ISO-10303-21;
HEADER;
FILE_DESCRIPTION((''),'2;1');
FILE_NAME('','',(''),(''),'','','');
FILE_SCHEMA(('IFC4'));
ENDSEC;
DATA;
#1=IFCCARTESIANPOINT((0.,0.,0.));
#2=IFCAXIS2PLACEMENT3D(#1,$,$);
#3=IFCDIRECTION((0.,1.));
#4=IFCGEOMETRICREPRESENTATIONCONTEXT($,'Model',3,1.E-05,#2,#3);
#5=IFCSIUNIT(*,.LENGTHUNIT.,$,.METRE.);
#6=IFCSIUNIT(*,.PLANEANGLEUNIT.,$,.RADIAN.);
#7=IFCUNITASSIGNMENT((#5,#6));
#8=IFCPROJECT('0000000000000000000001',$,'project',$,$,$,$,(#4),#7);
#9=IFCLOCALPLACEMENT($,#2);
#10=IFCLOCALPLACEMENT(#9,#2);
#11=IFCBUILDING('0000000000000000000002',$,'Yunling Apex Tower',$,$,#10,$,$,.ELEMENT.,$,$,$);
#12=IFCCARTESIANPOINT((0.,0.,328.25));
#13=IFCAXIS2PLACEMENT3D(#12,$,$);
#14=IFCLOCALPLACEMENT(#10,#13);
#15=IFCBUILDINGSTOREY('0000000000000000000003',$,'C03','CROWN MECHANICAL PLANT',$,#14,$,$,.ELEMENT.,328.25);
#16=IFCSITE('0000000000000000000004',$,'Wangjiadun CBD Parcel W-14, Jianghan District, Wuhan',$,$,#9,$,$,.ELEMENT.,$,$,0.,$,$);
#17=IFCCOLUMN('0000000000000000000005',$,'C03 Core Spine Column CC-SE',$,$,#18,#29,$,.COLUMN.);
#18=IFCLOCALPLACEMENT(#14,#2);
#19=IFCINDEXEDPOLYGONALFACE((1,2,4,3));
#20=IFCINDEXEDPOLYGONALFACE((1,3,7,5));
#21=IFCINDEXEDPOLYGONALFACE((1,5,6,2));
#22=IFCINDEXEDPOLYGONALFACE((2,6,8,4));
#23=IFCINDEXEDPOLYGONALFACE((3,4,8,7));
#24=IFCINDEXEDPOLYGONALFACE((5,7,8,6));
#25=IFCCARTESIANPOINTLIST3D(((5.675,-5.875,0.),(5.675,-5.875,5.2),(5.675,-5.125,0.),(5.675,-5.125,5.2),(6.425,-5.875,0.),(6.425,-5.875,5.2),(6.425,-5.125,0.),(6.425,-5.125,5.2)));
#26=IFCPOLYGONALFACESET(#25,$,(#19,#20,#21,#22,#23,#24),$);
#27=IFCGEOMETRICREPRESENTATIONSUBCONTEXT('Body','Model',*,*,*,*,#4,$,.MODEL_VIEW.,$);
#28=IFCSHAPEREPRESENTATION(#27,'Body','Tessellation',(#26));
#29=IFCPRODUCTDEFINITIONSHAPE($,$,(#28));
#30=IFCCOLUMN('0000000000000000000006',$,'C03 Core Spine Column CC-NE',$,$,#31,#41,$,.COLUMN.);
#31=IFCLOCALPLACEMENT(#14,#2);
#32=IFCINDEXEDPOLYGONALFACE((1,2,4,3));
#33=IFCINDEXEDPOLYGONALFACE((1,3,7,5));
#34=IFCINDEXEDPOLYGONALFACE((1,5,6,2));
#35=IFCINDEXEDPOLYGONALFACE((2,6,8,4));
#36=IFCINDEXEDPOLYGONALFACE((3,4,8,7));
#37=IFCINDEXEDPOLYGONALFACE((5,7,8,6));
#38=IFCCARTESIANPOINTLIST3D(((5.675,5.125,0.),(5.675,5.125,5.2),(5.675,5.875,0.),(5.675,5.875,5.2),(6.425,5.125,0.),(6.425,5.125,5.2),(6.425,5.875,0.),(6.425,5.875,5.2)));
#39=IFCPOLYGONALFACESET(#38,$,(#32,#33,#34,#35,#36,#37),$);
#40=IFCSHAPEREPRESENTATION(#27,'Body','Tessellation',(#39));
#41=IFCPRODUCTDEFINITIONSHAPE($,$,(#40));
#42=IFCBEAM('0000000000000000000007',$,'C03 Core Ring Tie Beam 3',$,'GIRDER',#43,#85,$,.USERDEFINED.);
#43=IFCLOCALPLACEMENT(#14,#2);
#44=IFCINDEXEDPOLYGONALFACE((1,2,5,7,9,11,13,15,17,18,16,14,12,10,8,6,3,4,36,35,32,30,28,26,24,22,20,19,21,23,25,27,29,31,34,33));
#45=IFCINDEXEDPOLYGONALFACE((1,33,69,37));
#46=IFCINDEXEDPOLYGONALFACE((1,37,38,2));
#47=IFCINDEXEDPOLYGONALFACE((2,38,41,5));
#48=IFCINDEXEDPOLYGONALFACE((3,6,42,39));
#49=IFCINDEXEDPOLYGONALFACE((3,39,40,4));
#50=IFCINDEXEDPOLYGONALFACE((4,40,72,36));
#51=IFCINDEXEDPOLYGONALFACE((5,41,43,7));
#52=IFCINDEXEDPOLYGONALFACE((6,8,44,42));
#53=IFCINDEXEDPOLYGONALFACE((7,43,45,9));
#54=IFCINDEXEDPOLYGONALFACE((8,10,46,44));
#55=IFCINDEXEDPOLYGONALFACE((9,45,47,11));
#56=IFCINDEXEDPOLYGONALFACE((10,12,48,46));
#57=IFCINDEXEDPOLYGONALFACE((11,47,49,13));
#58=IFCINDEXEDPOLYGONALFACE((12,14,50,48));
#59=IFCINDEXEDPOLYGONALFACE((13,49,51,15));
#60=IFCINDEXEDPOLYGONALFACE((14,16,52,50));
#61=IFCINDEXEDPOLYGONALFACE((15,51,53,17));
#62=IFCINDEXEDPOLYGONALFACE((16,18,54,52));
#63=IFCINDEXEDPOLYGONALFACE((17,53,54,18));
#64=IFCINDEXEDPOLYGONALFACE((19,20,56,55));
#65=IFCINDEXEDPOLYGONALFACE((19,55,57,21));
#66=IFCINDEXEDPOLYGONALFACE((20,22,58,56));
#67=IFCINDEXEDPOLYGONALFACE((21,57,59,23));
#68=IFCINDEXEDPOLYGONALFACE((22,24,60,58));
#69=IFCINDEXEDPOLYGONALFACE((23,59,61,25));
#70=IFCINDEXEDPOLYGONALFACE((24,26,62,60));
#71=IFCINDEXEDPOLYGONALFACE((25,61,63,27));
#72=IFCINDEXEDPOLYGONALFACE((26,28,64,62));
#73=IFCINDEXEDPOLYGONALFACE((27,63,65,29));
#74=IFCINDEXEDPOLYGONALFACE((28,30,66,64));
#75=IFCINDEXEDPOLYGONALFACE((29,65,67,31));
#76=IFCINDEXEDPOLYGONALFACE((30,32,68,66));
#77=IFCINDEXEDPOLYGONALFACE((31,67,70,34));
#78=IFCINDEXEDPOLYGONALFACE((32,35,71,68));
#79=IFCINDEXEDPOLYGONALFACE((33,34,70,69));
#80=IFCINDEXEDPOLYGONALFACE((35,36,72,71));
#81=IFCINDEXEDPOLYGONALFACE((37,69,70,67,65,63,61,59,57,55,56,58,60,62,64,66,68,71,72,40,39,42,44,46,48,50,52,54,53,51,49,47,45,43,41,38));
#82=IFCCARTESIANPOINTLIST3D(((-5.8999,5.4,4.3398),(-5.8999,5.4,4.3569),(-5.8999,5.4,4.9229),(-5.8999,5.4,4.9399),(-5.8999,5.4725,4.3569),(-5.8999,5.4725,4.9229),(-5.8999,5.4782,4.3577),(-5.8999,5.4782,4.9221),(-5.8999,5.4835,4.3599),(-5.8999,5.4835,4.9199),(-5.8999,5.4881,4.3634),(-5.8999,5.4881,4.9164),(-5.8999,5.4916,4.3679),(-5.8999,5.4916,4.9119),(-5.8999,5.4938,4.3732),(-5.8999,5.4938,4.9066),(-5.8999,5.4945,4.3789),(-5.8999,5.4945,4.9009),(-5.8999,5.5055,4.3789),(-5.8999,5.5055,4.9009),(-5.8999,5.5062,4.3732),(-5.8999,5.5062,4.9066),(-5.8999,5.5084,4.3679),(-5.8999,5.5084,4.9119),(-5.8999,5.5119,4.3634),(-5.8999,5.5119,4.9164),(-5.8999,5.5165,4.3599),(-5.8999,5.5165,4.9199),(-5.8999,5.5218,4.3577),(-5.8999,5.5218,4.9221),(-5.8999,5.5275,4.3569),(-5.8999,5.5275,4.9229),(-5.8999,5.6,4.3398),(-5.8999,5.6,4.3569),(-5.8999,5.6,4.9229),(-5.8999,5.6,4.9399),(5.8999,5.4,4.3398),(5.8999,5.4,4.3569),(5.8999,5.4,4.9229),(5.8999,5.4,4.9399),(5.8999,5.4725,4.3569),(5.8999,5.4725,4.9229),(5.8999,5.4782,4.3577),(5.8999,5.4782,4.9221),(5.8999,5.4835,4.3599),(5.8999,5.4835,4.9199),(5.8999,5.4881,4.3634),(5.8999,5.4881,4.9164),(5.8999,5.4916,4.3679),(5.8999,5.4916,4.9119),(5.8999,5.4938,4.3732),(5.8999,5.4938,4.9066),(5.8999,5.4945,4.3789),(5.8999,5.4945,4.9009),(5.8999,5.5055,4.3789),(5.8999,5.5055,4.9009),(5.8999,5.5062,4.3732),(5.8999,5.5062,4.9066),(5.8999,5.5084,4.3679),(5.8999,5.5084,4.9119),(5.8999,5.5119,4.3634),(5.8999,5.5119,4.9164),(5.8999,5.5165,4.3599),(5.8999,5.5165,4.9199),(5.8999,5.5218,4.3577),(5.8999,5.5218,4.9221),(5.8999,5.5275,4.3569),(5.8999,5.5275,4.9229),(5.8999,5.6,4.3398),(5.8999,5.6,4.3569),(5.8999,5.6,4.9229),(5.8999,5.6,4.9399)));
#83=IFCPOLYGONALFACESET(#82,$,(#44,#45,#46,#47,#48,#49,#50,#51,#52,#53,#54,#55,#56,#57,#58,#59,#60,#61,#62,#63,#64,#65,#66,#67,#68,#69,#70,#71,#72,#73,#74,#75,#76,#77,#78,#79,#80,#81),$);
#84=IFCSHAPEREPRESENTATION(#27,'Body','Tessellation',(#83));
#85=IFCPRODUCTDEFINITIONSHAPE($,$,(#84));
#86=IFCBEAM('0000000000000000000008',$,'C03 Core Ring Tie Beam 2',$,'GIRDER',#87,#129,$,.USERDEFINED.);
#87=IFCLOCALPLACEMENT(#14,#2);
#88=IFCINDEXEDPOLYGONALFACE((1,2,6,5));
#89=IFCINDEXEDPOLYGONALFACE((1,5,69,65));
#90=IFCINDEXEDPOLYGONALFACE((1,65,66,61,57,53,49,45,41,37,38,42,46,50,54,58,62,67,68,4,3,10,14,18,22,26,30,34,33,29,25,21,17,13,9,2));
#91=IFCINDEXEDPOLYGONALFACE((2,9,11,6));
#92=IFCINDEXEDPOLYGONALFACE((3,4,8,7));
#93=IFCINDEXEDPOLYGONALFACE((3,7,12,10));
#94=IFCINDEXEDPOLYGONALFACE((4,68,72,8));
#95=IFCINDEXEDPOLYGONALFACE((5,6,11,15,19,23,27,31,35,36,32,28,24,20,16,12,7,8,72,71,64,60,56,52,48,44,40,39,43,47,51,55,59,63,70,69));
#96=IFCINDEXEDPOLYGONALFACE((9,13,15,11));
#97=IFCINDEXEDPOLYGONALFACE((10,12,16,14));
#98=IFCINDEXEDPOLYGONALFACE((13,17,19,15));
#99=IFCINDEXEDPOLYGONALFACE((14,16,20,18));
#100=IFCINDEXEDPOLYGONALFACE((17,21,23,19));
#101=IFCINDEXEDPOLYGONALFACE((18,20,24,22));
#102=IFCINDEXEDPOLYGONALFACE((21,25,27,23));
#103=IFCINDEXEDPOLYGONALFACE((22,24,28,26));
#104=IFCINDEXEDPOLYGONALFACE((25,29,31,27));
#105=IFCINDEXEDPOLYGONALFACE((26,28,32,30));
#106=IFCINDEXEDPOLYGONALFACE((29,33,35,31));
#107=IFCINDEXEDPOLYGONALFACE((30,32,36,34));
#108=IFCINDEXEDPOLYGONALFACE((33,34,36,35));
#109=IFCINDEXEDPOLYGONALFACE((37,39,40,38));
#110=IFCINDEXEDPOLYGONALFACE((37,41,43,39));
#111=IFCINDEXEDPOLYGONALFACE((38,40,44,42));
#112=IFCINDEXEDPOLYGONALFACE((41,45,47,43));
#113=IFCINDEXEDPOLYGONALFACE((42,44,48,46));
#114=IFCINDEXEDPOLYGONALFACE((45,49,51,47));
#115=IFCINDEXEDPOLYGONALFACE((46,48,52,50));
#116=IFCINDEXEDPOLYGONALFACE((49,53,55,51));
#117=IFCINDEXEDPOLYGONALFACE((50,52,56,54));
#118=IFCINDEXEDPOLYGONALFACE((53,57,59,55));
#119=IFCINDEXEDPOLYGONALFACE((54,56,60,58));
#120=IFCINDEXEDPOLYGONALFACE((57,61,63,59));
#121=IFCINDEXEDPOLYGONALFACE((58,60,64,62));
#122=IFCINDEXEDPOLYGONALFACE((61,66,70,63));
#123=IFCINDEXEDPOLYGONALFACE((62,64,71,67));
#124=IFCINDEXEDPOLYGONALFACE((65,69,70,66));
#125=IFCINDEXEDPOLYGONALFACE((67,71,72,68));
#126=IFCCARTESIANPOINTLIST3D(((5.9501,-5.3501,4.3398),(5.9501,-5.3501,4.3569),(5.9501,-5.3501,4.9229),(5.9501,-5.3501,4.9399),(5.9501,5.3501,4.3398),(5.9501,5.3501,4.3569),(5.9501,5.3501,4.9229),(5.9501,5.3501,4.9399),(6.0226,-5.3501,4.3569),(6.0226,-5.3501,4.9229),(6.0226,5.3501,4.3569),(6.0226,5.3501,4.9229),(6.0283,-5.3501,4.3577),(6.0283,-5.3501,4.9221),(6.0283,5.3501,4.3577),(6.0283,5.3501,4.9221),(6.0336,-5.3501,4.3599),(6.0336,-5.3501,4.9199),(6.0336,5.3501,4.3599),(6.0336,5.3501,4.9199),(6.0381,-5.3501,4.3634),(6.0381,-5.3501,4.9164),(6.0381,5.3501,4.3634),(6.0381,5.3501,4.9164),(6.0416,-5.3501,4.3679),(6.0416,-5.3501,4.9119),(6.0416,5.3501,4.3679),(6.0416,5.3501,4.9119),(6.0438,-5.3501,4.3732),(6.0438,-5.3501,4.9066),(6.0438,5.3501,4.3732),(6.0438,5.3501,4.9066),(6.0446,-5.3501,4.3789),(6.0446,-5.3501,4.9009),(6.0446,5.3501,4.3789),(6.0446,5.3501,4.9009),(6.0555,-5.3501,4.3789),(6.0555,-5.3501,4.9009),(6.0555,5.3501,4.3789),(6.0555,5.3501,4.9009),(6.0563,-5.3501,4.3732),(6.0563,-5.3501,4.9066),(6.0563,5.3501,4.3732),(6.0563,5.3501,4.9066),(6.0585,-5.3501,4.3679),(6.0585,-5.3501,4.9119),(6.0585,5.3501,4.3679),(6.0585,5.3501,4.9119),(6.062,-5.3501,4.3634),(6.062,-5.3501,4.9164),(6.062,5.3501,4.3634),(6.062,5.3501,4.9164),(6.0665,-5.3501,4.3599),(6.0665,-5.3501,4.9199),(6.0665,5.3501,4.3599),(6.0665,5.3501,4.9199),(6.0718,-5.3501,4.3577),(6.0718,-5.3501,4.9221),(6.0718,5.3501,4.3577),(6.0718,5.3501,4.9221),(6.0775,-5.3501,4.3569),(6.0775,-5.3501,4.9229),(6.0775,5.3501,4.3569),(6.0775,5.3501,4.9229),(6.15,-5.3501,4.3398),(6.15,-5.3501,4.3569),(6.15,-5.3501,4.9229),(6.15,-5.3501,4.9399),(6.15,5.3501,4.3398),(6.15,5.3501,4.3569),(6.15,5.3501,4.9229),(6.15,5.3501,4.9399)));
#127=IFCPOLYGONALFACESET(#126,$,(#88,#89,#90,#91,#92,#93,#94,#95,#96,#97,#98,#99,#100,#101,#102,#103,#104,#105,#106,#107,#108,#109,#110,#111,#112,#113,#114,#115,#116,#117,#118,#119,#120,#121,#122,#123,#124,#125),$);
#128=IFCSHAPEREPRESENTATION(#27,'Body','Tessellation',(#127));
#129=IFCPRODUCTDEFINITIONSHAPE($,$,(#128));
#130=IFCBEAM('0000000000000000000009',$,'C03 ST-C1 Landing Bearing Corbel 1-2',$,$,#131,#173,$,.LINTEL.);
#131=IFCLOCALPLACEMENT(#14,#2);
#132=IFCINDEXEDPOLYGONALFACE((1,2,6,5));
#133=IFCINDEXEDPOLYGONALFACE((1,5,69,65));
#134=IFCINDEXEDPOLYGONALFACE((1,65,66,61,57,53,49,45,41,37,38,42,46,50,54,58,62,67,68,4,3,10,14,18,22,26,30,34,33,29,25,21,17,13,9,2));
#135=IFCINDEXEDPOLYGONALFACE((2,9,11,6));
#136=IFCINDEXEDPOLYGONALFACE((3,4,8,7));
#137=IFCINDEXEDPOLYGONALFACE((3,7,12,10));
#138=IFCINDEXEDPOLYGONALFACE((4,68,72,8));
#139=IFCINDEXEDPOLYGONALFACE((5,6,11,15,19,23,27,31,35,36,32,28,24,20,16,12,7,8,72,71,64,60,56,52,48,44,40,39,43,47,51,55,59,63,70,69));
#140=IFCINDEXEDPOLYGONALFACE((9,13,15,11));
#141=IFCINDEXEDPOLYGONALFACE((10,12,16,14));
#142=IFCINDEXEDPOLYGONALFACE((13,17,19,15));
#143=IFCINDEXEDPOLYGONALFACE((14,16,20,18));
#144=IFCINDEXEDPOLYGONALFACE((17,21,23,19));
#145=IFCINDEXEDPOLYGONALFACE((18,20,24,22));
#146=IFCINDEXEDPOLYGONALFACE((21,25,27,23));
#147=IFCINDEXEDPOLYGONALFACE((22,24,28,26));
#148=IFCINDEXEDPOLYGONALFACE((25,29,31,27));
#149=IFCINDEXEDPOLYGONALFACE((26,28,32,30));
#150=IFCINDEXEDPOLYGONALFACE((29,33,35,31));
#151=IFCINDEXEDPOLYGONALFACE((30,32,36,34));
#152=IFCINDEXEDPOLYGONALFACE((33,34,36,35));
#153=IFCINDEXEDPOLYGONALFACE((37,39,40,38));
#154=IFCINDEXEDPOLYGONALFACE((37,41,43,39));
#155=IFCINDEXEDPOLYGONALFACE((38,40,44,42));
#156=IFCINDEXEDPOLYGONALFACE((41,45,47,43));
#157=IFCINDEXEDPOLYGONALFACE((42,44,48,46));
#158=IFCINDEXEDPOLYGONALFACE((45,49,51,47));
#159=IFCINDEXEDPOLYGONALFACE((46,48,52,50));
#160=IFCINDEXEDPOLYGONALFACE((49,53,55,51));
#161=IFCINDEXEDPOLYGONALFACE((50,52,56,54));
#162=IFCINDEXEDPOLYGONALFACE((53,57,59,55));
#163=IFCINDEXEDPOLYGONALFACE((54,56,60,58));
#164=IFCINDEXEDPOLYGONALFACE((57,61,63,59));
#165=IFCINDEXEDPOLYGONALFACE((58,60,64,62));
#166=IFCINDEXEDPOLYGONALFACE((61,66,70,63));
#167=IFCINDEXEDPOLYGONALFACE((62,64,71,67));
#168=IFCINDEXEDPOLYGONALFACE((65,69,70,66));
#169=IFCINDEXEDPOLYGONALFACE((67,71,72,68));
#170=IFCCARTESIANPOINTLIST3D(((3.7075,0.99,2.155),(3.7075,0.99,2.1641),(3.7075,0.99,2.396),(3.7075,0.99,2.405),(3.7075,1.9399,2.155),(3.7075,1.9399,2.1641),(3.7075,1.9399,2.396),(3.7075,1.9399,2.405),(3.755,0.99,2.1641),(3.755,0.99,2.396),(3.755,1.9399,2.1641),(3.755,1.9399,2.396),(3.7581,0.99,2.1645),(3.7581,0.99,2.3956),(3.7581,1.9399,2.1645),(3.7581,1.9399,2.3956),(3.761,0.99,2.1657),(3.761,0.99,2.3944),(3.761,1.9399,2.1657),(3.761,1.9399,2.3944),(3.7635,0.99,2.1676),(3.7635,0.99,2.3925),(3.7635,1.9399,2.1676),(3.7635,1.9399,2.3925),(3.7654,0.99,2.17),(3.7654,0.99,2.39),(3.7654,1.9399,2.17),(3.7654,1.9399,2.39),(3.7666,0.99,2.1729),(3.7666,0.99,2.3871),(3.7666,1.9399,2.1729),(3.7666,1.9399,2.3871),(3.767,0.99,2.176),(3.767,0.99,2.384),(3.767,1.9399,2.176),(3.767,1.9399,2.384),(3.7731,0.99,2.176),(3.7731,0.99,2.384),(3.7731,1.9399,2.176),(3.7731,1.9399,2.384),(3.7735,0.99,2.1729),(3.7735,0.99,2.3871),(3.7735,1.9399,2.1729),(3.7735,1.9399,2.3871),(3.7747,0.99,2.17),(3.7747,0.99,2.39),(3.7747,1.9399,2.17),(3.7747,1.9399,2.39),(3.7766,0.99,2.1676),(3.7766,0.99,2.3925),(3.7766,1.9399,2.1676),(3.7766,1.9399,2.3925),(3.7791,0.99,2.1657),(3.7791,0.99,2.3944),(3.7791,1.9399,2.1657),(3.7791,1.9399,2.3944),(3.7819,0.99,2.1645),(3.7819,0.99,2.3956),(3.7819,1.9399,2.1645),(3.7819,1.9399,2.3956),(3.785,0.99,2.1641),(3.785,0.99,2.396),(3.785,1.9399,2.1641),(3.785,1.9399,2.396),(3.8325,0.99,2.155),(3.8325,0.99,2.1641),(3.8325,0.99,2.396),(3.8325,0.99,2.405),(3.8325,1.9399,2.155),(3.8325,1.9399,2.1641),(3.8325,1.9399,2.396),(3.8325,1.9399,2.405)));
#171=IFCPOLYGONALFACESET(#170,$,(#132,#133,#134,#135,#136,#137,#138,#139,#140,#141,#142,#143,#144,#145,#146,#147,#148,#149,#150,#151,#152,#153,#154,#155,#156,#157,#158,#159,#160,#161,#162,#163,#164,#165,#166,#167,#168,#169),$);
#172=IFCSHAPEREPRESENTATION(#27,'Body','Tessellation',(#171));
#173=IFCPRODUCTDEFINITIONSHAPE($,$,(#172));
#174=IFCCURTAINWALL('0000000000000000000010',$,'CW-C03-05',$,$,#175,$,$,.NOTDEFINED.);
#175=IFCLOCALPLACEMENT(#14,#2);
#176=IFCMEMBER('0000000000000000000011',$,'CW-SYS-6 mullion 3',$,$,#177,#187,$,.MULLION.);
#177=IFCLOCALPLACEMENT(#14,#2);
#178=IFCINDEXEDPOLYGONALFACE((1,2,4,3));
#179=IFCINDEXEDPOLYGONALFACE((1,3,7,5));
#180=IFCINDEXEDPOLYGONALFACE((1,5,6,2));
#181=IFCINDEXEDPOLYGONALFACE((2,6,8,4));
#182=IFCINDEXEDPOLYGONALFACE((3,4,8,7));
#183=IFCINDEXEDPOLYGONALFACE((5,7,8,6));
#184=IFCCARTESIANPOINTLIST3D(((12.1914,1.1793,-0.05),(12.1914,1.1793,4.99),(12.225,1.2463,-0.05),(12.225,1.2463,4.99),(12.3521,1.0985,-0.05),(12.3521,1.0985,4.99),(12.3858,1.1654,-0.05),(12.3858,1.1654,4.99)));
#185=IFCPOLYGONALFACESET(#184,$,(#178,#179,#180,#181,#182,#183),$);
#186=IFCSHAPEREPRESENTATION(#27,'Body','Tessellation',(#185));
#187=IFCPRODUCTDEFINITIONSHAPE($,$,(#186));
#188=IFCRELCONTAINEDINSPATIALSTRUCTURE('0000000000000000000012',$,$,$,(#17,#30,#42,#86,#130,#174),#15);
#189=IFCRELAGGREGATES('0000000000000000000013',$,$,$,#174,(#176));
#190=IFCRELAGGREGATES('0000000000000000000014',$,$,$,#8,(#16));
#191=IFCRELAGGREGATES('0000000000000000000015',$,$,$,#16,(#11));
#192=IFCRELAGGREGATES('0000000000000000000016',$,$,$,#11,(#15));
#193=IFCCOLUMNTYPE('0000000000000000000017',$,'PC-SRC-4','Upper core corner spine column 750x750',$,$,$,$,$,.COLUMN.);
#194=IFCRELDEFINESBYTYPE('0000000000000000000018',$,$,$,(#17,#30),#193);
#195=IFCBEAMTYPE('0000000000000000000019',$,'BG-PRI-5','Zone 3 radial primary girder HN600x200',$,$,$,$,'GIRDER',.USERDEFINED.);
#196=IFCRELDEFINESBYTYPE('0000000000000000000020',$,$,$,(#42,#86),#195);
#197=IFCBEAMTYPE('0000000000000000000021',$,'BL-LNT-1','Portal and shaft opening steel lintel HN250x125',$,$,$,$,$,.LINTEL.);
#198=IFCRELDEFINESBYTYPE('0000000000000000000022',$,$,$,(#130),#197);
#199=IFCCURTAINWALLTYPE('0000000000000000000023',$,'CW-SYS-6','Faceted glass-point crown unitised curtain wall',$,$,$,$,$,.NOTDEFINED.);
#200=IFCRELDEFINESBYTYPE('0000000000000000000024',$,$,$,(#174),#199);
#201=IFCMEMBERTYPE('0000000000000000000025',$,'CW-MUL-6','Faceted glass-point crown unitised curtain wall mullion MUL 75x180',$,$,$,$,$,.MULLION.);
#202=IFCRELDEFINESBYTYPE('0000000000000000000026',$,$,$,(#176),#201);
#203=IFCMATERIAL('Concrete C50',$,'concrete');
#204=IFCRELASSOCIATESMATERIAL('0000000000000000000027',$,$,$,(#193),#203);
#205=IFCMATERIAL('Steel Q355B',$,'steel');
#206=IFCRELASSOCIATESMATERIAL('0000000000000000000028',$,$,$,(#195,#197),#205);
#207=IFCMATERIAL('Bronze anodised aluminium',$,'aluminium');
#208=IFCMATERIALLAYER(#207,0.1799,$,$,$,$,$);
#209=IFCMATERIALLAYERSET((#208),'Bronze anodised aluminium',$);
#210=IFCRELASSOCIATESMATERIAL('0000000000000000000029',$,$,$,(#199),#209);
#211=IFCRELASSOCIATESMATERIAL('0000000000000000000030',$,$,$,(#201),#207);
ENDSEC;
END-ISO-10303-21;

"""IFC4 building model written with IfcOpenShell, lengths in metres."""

from ifc_helpers import new_model, si_unit, direction, frame, origin, origin_2d, place, context, subcontext, project, spatial, rectangle, i_section, extrude, source, transform, mapped, material, layer, layer_set, material_profile, profile_set, type_object, element, aggregate, save


model = new_model("IFC4")

# Units and contexts
model_context = context("Model", 3, precision=1e-05, world=origin(), true_north=direction((0.0, 1.0)))
body_context = subcontext(model_context, "Body", "Model", "MODEL_VIEW")
ifc_project = project(units=[si_unit("LENGTHUNIT", "METRE"), si_unit("PLANEANGLEUNIT", "RADIAN")], contexts=[model_context])

# Site, building, storey
site_placement = place(None, origin())
site = spatial("IfcSite", under=ifc_project, at=site_placement, Name="Wangjiadun CBD Parcel W-14, Jianghan District, Wuhan", CompositionType="ELEMENT", RefElevation=0.0)
building_placement = place(site_placement, origin())
building = spatial("IfcBuilding", under=site, at=building_placement, Name="Yunling Apex Tower", CompositionType="ELEMENT")
storey_placement = place(building_placement, frame((0.0, 0.0, 328.25)))
storey = spatial("IfcBuildingStorey", under=building, at=storey_placement, Name="C03", Description="CROWN MECHANICAL PLANT", CompositionType="ELEMENT", Elevation=328.25)

# Columns
ifc_material_1 = material(Name="Concrete C50", Category="concrete")
ifc_material_profile_1 = material_profile(ifc_material_1, rectangle(XDim=0.75, YDim=0.75, at=origin_2d()))
ifc_profile_set_1 = profile_set([ifc_material_profile_1], Name="Concrete C50")
column_type = type_object("IfcColumnType", Name="PC-SRC-4", Description="Upper core corner spine column 750x750", PredefinedType="COLUMN", material=ifc_profile_set_1)
shared_shape_1 = source(origin(), body_context, "Body", "SweptSolid", [
    extrude(rectangle(XDim=0.75, YDim=0.75, at=origin_2d()), origin(), (0.0, 0.0, 1.0), 5.2),
])
for number, where, z_axis, x_axis, name in (
    (1, (6.05, -5.5, 0.0), (0.0, 0.0, 1.0), (1.0, 0.0, 0.0), "C03 Core Spine Column CC-SE"),
    (2, (6.05, 5.5, 0.0), (0.0, 0.0, 1.0), (1.0, 0.0, 0.0), "C03 Core Spine Column CC-NE"),
):
    element("IfcColumn", number, at=place(storey_placement, frame(where, z_axis=z_axis, x_axis=x_axis)), inside=storey, type_object=column_type, Name=name, PredefinedType="COLUMN", context=body_context, shape_type="MappedRepresentation", body=[
        mapped(shared_shape_1, transform((0.0, 0.0, 0.0), scale=1.0)),
    ])

# Beams
ifc_material_2 = material(Name="Steel Q355B", Category="steel")
ifc_material_profile_2 = material_profile(ifc_material_2, i_section(OverallWidth=0.2, OverallDepth=0.6001, WebThickness=0.011, FlangeThickness=0.0171, FilletRadius=0.022, at=origin_2d()))
ifc_profile_set_2 = profile_set([ifc_material_profile_2], Name="Steel Q355B")
beam_type_1 = type_object("IfcBeamType", Name="BG-PRI-5", Description="Zone 3 radial primary girder HN600x200", ElementType="GIRDER", PredefinedType="USERDEFINED", material=ifc_profile_set_2)
shared_shape_2 = source(origin(), body_context, "Body", "SweptSolid", [
    extrude(i_section(OverallWidth=0.2, OverallDepth=0.6001, WebThickness=0.011, FlangeThickness=0.0171, FilletRadius=0.022, at=origin_2d()), origin(), (0.0, 0.0, 1.0), 11.7998),
])
beam_1_placement = place(storey_placement, frame((5.8999, 5.5, 4.6399), z_axis=(-1.0, 0.0, 0.0), x_axis=(0.0, -1.0, 0.0)))
element("IfcBeam", 3, at=beam_1_placement, inside=storey, type_object=beam_type_1, Name="C03 Core Ring Tie Beam 3", ObjectType="GIRDER", PredefinedType="USERDEFINED", context=body_context, shape_type="MappedRepresentation", body=[
    mapped(shared_shape_2, transform((0.0, 0.0, 0.0), scale=1.0)),
])
shared_shape_3 = source(origin(), body_context, "Body", "SweptSolid", [
    extrude(i_section(OverallWidth=0.2, OverallDepth=0.6001, WebThickness=0.011, FlangeThickness=0.0171, FilletRadius=0.022, at=origin_2d()), origin(), (0.0, 0.0, 1.0), 10.7002),
])
beam_2_placement = place(storey_placement, frame((6.05, -5.3501, 4.6399), z_axis=(0.0, 1.0, 0.0), x_axis=(-1.0, 0.0, 0.0)))
element("IfcBeam", 4, at=beam_2_placement, inside=storey, type_object=beam_type_1, Name="C03 Core Ring Tie Beam 2", ObjectType="GIRDER", PredefinedType="USERDEFINED", context=body_context, shape_type="MappedRepresentation", body=[
    mapped(shared_shape_3, transform((0.0, 0.0, 0.0), scale=1.0)),
])
ifc_material_profile_3 = material_profile(ifc_material_2, i_section(OverallWidth=0.125, OverallDepth=0.25, WebThickness=0.0061, FlangeThickness=0.009, FilletRadius=0.012, at=origin_2d()))
ifc_profile_set_3 = profile_set([ifc_material_profile_3], Name="Steel Q355B")
beam_type_2 = type_object("IfcBeamType", Name="BL-LNT-1", Description="Portal and shaft opening steel lintel HN250x125", PredefinedType="LINTEL", material=ifc_profile_set_3)
shared_shape_4 = source(origin(), body_context, "Body", "SweptSolid", [
    extrude(i_section(OverallWidth=0.125, OverallDepth=0.25, WebThickness=0.0061, FlangeThickness=0.009, FilletRadius=0.012, at=origin_2d()), origin(), (0.0, 0.0, 1.0), 0.95),
])
beam_3_placement = place(storey_placement, frame((3.77, 1.9399, 2.28), z_axis=(0.0, -1.0, 0.0), x_axis=(1.0, 0.0, 0.0)))
element("IfcBeam", 5, at=beam_3_placement, inside=storey, type_object=beam_type_2, Name="C03 ST-C1 Landing Bearing Corbel 1-2", PredefinedType="LINTEL", context=body_context, shape_type="MappedRepresentation", body=[
    mapped(shared_shape_4, transform((0.0, 0.0, 0.0), scale=1.0)),
])

# Curtain wall, member
ifc_material_3 = material(Name="Bronze anodised aluminium", Category="aluminium")
ifc_layer_1 = layer(ifc_material_3, 0.1799)
ifc_layer_set_1 = layer_set([ifc_layer_1], Name="Bronze anodised aluminium")
curtain_wall_type = type_object("IfcCurtainWallType", Name="CW-SYS-6", Description="Faceted glass-point crown unitised curtain wall", PredefinedType="NOTDEFINED", material=ifc_layer_set_1)
curtain_wall_1_placement = place(storey_placement, origin())
curtain_wall_1 = element("IfcCurtainWall", 6, at=curtain_wall_1_placement, inside=storey, type_object=curtain_wall_type, Name="CW-C03-05", PredefinedType="NOTDEFINED")
ifc_material_profile_4 = material_profile(ifc_material_3, rectangle(XDim=0.075, YDim=0.1799, at=origin_2d()))
ifc_profile_set_4 = profile_set([ifc_material_profile_4], Name="Bronze anodised aluminium")
member_type_1 = type_object("IfcMemberType", Name="CW-MUL-6", Description="Faceted glass-point crown unitised curtain wall mullion MUL 75x180", PredefinedType="MULLION", material=ifc_profile_set_4)
shared_shape_5 = source(origin(), body_context, "Body", "SweptSolid", [
    extrude(rectangle(XDim=0.075, YDim=0.1799, at=origin_2d()), origin(), (0.0, 0.0, 1.0), 5.04),
])
member_1_placement = place(storey_placement, frame((12.2886, 1.1724, -0.05), z_axis=(0.0, 0.0, 1.0), x_axis=(0.449185, 0.893439, 0.0)))
member_1 = element("IfcMember", 7, at=member_1_placement, type_object=member_type_1, Name="CW-SYS-6 mullion 3", PredefinedType="MULLION", context=body_context, shape_type="MappedRepresentation", body=[
    mapped(shared_shape_5, transform((0.0, 0.0, 0.0), scale=1.0)),
])

aggregate(curtain_wall_1, [member_1])

save(model, "model.ifc")
